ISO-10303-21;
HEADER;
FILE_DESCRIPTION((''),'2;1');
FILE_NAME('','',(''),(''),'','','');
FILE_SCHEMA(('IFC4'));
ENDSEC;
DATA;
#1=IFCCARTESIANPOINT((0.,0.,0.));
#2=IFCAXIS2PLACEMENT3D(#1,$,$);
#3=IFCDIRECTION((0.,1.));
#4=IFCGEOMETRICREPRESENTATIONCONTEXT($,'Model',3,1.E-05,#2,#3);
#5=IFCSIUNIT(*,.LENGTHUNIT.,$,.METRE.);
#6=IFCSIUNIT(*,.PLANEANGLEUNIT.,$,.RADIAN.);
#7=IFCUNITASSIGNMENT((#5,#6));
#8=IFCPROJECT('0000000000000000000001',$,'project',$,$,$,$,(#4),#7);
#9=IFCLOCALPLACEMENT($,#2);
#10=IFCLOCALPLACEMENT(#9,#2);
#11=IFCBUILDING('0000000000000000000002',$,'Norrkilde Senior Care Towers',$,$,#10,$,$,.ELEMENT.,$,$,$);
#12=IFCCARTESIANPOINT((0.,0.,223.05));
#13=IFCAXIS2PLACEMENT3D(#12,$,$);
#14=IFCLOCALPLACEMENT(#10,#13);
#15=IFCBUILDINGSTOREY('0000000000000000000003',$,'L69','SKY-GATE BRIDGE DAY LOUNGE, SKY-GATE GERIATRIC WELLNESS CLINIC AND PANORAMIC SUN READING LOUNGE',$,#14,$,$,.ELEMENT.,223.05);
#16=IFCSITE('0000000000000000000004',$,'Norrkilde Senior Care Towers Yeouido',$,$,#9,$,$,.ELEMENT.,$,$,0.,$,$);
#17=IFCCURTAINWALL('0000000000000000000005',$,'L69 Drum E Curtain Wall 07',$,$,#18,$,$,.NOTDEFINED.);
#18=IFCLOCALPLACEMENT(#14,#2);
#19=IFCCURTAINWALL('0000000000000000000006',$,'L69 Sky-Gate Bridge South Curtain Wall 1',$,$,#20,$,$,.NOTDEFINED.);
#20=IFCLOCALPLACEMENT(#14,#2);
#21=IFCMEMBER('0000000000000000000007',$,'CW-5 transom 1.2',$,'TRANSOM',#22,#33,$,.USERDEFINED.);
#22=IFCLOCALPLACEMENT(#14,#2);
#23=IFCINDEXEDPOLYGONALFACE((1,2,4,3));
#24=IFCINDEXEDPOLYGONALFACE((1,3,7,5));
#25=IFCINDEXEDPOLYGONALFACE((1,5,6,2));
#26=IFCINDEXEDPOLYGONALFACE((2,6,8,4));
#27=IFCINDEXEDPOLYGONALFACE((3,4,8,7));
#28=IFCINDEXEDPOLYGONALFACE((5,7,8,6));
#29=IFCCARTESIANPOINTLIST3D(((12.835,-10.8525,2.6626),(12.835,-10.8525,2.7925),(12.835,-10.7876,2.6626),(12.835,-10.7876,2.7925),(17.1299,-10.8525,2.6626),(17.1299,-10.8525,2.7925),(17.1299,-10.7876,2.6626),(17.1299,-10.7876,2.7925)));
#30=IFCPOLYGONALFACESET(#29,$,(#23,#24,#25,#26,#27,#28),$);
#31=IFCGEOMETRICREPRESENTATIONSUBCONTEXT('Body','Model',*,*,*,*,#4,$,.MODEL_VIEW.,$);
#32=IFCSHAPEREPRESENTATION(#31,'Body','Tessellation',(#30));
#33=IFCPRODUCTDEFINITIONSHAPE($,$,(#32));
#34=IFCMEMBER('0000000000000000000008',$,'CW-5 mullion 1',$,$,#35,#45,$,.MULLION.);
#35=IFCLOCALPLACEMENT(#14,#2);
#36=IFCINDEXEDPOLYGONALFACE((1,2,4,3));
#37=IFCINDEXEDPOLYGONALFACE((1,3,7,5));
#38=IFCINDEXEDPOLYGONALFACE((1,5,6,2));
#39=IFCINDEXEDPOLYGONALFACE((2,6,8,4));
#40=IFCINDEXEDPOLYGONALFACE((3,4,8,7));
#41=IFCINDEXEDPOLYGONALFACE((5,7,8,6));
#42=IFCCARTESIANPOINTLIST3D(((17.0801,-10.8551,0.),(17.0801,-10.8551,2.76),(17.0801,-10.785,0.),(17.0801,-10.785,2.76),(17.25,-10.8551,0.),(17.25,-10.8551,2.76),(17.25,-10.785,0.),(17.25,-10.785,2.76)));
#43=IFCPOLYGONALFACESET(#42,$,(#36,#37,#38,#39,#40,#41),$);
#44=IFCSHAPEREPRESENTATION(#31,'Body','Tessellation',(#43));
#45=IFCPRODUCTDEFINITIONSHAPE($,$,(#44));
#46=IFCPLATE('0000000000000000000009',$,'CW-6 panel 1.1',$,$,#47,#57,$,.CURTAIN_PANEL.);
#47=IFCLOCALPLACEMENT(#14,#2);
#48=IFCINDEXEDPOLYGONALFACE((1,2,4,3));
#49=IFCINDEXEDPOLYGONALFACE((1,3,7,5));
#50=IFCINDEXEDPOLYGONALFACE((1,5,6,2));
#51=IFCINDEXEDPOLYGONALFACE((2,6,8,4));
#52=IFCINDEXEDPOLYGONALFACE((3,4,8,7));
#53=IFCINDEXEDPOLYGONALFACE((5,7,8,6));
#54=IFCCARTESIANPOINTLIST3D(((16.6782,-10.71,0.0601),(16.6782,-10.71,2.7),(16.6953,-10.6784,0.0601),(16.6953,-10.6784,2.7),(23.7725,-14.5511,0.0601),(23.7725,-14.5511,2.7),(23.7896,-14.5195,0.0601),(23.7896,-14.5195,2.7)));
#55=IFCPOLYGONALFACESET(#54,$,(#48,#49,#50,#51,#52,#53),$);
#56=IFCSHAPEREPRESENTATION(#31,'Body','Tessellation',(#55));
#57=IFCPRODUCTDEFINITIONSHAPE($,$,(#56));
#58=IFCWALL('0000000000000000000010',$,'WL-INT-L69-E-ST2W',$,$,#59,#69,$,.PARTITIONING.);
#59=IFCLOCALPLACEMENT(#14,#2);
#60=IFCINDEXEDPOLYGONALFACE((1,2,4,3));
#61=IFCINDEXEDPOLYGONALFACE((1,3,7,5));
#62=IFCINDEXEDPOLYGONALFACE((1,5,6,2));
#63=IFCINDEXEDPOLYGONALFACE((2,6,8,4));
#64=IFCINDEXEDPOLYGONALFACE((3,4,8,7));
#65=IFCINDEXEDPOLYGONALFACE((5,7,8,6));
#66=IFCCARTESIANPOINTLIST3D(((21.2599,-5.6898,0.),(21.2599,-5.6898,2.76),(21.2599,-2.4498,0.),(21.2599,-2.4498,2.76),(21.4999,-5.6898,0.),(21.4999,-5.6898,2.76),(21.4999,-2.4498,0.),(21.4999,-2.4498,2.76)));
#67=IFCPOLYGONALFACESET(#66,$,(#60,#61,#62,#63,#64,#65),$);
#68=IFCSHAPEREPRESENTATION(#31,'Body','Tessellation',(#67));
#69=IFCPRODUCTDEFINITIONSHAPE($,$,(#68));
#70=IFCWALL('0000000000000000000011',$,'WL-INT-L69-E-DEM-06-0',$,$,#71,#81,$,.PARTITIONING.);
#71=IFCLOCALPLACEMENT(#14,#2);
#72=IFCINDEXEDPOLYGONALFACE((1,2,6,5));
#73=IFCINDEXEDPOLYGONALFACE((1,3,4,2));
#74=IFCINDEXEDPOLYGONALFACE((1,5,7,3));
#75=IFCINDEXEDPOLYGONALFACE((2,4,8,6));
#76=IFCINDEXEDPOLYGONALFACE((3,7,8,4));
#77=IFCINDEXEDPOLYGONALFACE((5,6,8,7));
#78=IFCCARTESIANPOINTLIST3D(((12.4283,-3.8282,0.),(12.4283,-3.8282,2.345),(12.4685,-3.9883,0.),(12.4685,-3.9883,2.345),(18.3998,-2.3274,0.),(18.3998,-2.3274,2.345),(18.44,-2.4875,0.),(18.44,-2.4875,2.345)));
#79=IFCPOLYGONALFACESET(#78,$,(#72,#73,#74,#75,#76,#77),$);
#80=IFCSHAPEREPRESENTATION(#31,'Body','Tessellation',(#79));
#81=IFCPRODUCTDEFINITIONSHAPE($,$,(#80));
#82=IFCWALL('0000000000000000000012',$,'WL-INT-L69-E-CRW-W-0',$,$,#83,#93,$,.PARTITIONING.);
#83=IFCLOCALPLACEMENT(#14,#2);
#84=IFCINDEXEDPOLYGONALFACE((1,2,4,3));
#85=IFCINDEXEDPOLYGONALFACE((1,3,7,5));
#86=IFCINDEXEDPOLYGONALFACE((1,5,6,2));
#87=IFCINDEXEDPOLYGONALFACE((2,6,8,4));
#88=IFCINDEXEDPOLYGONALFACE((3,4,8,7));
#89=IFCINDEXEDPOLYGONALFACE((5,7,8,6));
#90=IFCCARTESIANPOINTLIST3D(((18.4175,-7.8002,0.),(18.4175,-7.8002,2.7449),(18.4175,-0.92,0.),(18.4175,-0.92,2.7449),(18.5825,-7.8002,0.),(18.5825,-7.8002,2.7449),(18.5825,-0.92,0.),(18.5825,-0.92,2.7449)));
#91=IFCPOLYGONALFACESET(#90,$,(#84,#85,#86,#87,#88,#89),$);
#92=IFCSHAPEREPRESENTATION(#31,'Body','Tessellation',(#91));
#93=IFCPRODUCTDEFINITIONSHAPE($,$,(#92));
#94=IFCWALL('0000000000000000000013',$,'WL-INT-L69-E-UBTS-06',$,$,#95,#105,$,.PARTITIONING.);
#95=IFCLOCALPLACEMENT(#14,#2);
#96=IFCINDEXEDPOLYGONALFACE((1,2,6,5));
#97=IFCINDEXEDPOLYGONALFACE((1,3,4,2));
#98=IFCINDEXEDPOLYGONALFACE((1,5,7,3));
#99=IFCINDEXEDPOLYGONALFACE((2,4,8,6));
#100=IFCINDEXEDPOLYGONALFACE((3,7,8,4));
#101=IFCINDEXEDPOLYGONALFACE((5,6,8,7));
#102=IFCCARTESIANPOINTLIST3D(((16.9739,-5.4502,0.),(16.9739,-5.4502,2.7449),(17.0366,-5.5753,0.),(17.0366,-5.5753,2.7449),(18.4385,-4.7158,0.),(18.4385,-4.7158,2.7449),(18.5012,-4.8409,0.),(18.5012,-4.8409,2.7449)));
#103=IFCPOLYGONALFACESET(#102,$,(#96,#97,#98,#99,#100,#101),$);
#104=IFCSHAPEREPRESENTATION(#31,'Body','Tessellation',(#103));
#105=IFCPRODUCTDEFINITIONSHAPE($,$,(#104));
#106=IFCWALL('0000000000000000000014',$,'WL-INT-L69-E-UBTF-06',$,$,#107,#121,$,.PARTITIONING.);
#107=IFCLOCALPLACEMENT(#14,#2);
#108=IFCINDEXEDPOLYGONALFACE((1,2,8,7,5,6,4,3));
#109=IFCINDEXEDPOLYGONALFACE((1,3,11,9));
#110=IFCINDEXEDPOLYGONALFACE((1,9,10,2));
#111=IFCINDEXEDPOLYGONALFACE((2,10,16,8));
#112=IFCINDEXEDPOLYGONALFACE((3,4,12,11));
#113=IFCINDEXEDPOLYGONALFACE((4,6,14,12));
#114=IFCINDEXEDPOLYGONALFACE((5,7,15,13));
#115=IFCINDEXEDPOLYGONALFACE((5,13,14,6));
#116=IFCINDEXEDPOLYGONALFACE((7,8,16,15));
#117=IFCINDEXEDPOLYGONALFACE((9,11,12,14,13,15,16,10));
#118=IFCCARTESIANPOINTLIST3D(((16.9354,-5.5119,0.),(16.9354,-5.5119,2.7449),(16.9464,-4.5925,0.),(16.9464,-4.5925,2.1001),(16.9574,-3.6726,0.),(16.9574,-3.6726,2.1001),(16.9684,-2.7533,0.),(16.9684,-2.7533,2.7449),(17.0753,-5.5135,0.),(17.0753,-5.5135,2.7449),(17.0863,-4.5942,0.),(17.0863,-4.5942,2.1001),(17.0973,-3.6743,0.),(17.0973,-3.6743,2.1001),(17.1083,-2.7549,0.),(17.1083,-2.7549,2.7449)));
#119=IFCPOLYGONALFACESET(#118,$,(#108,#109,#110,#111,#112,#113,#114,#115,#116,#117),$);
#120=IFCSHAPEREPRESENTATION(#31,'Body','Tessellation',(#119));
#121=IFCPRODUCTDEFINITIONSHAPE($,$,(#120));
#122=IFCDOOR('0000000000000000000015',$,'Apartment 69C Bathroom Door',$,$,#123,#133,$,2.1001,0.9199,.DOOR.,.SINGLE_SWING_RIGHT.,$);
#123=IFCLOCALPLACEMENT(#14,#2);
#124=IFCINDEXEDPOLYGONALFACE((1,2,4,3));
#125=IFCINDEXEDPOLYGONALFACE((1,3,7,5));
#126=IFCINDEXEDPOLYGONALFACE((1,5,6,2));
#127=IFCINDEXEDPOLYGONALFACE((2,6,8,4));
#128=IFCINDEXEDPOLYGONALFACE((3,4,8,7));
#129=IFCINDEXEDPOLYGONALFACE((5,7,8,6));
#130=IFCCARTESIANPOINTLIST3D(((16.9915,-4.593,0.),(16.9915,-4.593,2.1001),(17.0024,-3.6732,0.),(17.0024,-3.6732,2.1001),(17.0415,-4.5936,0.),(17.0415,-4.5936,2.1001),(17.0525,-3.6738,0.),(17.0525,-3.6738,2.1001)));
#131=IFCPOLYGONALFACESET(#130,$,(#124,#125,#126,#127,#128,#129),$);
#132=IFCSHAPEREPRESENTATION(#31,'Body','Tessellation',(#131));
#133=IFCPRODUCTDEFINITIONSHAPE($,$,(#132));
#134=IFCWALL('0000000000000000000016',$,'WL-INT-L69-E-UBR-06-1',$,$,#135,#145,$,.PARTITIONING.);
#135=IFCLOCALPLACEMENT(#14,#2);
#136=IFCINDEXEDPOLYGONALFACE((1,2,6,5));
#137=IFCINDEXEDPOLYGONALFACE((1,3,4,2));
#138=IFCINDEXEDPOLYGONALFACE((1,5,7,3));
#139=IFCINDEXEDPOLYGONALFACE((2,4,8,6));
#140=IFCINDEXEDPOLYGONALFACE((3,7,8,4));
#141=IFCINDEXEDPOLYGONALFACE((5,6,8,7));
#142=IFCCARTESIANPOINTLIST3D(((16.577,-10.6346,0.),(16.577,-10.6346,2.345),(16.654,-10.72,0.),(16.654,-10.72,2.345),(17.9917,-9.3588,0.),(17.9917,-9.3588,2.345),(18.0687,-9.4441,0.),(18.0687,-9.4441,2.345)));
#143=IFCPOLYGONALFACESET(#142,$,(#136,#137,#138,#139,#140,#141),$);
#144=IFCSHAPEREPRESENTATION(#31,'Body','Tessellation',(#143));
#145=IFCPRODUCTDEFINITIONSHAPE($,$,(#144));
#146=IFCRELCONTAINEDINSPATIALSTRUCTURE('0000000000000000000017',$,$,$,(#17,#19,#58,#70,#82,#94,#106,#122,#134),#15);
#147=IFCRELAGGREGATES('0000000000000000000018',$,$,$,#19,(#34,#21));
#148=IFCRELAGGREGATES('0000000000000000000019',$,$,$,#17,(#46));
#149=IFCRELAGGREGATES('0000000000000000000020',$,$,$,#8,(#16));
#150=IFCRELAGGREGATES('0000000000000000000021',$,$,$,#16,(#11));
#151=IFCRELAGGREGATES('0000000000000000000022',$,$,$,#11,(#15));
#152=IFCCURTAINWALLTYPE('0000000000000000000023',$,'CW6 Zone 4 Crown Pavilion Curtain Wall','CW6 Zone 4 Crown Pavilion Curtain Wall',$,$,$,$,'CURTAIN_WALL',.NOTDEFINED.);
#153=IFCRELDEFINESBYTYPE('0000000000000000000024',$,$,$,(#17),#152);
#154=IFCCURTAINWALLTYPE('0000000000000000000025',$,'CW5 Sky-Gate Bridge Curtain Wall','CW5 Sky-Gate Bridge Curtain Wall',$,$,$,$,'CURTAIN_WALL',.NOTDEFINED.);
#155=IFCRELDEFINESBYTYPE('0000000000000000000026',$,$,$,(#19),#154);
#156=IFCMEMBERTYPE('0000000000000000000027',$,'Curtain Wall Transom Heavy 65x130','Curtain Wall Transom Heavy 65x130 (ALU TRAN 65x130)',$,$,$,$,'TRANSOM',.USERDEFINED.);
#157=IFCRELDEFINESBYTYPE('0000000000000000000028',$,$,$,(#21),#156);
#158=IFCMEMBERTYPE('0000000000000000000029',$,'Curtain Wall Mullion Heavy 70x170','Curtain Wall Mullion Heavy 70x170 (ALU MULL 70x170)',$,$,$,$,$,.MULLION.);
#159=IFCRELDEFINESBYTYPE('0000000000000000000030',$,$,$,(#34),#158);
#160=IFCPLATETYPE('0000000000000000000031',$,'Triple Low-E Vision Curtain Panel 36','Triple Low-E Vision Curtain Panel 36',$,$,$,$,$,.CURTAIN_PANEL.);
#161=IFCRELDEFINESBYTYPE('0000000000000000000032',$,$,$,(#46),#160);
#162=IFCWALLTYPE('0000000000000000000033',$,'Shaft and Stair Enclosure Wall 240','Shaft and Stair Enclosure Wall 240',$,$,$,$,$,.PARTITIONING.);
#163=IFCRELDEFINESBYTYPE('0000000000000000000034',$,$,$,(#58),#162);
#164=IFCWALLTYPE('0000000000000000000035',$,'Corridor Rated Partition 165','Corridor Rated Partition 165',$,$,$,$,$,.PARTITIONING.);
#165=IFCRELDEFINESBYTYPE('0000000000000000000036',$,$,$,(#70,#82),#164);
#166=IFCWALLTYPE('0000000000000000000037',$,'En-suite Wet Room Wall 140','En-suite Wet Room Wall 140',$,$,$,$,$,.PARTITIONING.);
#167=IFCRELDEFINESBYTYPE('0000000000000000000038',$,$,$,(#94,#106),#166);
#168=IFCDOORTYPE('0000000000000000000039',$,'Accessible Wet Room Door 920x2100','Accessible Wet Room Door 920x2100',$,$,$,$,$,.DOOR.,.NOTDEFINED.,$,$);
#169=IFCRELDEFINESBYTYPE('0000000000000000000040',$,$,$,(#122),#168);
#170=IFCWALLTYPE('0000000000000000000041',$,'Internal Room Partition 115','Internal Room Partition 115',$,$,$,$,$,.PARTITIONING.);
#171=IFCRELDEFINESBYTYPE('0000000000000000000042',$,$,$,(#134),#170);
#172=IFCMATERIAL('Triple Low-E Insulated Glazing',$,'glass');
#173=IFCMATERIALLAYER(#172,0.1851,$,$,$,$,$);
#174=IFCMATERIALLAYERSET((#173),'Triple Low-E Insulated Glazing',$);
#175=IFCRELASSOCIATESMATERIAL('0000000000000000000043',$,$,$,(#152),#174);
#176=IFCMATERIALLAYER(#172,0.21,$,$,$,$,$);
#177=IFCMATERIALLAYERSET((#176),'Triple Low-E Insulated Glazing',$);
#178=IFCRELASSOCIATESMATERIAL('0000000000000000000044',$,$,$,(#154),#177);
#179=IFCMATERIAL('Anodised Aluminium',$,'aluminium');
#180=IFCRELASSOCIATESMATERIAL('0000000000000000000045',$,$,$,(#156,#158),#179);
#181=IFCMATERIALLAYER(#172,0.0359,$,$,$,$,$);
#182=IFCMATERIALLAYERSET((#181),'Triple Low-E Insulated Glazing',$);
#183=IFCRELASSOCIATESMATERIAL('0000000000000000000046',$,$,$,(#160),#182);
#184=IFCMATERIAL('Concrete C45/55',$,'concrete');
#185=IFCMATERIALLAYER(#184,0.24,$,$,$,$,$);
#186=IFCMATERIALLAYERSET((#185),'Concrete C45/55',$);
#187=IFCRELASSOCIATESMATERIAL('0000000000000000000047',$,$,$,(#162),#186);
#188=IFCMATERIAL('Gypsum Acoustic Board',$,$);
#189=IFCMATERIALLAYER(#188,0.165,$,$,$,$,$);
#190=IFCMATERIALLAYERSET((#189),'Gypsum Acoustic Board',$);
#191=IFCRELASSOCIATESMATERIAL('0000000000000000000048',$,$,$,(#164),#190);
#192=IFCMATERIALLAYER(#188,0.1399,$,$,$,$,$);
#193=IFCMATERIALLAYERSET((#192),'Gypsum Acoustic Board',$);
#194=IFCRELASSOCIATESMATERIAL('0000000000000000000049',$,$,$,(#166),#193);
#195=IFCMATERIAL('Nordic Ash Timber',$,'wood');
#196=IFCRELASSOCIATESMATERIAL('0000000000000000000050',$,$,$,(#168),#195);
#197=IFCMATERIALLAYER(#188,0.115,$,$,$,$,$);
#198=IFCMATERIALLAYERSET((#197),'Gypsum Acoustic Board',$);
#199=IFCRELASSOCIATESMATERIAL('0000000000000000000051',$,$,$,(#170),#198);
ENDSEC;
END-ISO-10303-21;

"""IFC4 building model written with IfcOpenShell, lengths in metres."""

from ifc_helpers import new_model, si_unit, direction, frame, frame_2d, origin, origin_2d, place, context, subcontext, project, spatial, rectangle, extrude, source, transform, mapped, material, layer, layer_set, material_profile, profile_set, type_object, type_shapes, element, fill, aggregate, save


model = new_model("IFC4")

# Units and contexts
model_context = context("Model", 3, precision=1e-05, world=origin(), true_north=direction((0.0, 1.0)))
body_context = subcontext(model_context, "Body", "Model", "MODEL_VIEW")
ifc_project = project(units=[si_unit("LENGTHUNIT", "METRE"), si_unit("PLANEANGLEUNIT", "RADIAN")], contexts=[model_context])

# Site, building, storey
site_placement = place(None, origin())
site = spatial("IfcSite", under=ifc_project, at=site_placement, Name="Norrkilde Senior Care Towers Yeouido", CompositionType="ELEMENT", RefElevation=0.0)
building_placement = place(site_placement, origin())
building = spatial("IfcBuilding", under=site, at=building_placement, Name="Norrkilde Senior Care Towers", CompositionType="ELEMENT")
storey_placement = place(building_placement, frame((0.0, 0.0, 223.05)))
storey = spatial("IfcBuildingStorey", under=building, at=storey_placement, Name="L69", Description="SKY-GATE BRIDGE DAY LOUNGE, SKY-GATE GERIATRIC WELLNESS CLINIC AND PANORAMIC SUN READING LOUNGE", CompositionType="ELEMENT", Elevation=223.05)

# Curtain walls, members
ifc_material_1 = material(Name="Triple Low-E Insulated Glazing", Category="glass")
ifc_layer_1 = layer(ifc_material_1, 0.1851)
ifc_layer_set_1 = layer_set([ifc_layer_1], Name="Triple Low-E Insulated Glazing")
curtain_wall_type_1 = type_object("IfcCurtainWallType", Name="CW6 Zone 4 Crown Pavilion Curtain Wall", Description="CW6 Zone 4 Crown Pavilion Curtain Wall", ElementType="CURTAIN_WALL", PredefinedType="NOTDEFINED", material=ifc_layer_set_1)
curtain_wall_1_placement = place(storey_placement, origin())
curtain_wall_1 = element("IfcCurtainWall", 1, at=curtain_wall_1_placement, inside=storey, type_object=curtain_wall_type_1, Name="L69 Drum E Curtain Wall 07", PredefinedType="NOTDEFINED")
ifc_material_2 = material(Name="Anodised Aluminium", Category="aluminium")
ifc_layer_2 = layer(ifc_material_1, 0.21)
ifc_layer_set_2 = layer_set([ifc_layer_2], Name="Triple Low-E Insulated Glazing")
curtain_wall_type_2 = type_object("IfcCurtainWallType", Name="CW5 Sky-Gate Bridge Curtain Wall", Description="CW5 Sky-Gate Bridge Curtain Wall", ElementType="CURTAIN_WALL", PredefinedType="NOTDEFINED", material=ifc_layer_set_2)
curtain_wall_2_placement = place(storey_placement, origin())
curtain_wall_2 = element("IfcCurtainWall", 2, at=curtain_wall_2_placement, inside=storey, type_object=curtain_wall_type_2, Name="L69 Sky-Gate Bridge South Curtain Wall 1", PredefinedType="NOTDEFINED")
ifc_material_profile_1 = material_profile(ifc_material_2, rectangle(XDim=0.0649, YDim=0.1299, at=origin_2d()), Name="ALU TRAN 65x130")
ifc_profile_set_1 = profile_set([ifc_material_profile_1], Name="Anodised Aluminium")
member_type_1 = type_object("IfcMemberType", Name="Curtain Wall Transom Heavy 65x130", Description="Curtain Wall Transom Heavy 65x130 (ALU TRAN 65x130)", ElementType="TRANSOM", PredefinedType="USERDEFINED", material=ifc_profile_set_1)
shared_shape_1 = source(origin(), body_context, "Body", "SweptSolid", [
    extrude(rectangle(XDim=0.0649, YDim=0.1299, at=origin_2d()), origin(), (0.0, 0.0, 1.0), 4.2949),
])
type_shapes(member_type_1, [shared_shape_1])
member_1_placement = place(storey_placement, frame((17.1299, -10.8201, 2.7275), z_axis=(-1.0, 0.0, 0.0), x_axis=(0.0, -1.0, 0.0)))
member_1 = element("IfcMember", 3, at=member_1_placement, type_object=member_type_1, Name="CW-5 transom 1.2", ObjectType="TRANSOM", PredefinedType="USERDEFINED", context=body_context, shape_type="MappedRepresentation", body=[
    mapped(shared_shape_1, transform((0.0, 0.0, 0.0), x_axis=(1.0, 0.0, 0.0), y_axis=(0.0, 1.0, 0.0), z_axis=(0.0, 0.0, 1.0), scale=1.0)),
])
ifc_material_profile_2 = material_profile(ifc_material_2, rectangle(XDim=0.0701, YDim=0.1699, at=origin_2d()), Name="ALU MULL 70x170")
ifc_profile_set_2 = profile_set([ifc_material_profile_2], Name="Anodised Aluminium")
member_type_2 = type_object("IfcMemberType", Name="Curtain Wall Mullion Heavy 70x170", Description="Curtain Wall Mullion Heavy 70x170 (ALU MULL 70x170)", PredefinedType="MULLION", material=ifc_profile_set_2)
shared_shape_2 = source(origin(), body_context, "Body", "SweptSolid", [
    extrude(rectangle(XDim=0.0701, YDim=0.1699, at=origin_2d()), origin(), (0.0, 0.0, 1.0), 2.76),
])
type_shapes(member_type_2, [shared_shape_2])
member_2_placement = place(storey_placement, frame((17.165, -10.8201, 0.0), z_axis=(0.0, 0.0, 1.0), x_axis=(0.0, -1.0, 0.0)))
member_2 = element("IfcMember", 4, at=member_2_placement, type_object=member_type_2, Name="CW-5 mullion 1", PredefinedType="MULLION", context=body_context, shape_type="MappedRepresentation", body=[
    mapped(shared_shape_2, transform((0.0, 0.0, 0.0), x_axis=(1.0, 0.0, 0.0), y_axis=(0.0, 1.0, 0.0), z_axis=(0.0, 0.0, 1.0), scale=1.0)),
])
aggregate(curtain_wall_2, [member_2, member_1])

# Plate
ifc_layer_3 = layer(ifc_material_1, 0.0359)
ifc_layer_set_3 = layer_set([ifc_layer_3], Name="Triple Low-E Insulated Glazing")
plate_type = type_object("IfcPlateType", Name="Triple Low-E Vision Curtain Panel 36", Description="Triple Low-E Vision Curtain Panel 36", PredefinedType="CURTAIN_PANEL", material=ifc_layer_set_3)
shared_shape_3 = source(origin(), body_context, "Body", "SweptSolid", [
    extrude(rectangle(XDim=8.0674, YDim=0.0359, at=origin_2d()), origin(), (0.0, 0.0, 1.0), 2.6399),
])
type_shapes(plate_type, [shared_shape_3])
plate_placement = place(storey_placement, frame((20.2339, -12.6147, 0.0601), z_axis=(0.0, 0.0, 1.0), x_axis=(-0.879373, 0.476133, 0.0)))
plate = element("IfcPlate", 5, at=plate_placement, type_object=plate_type, Name="CW-6 panel 1.1", PredefinedType="CURTAIN_PANEL", context=body_context, shape_type="MappedRepresentation", body=[
    mapped(shared_shape_3, transform((0.0, 0.0, 0.0), x_axis=(1.0, 0.0, 0.0), y_axis=(0.0, 1.0, 0.0), z_axis=(0.0, 0.0, 1.0), scale=1.0)),
])
aggregate(curtain_wall_1, [plate])

# Shared definitions
ifc_material_3 = material(Name="Concrete C45/55", Category="concrete")
ifc_layer_4 = layer(ifc_material_3, 0.24)
ifc_layer_set_4 = layer_set([ifc_layer_4], Name="Concrete C45/55")
wall_type_1 = type_object("IfcWallType", Name="Shaft and Stair Enclosure Wall 240", Description="Shaft and Stair Enclosure Wall 240", PredefinedType="PARTITIONING", material=ifc_layer_set_4)

# Walls
shared_shape_4 = source(origin(), body_context, "Body", "SweptSolid", [
    extrude(rectangle(XDim=3.24, YDim=0.24, at=frame_2d((1.6201, 0.0))), origin(), (0.0, 0.0, 1.0), 2.76),
])
wall_1_placement = place(storey_placement, frame((21.3799, -5.6899, 0.0), z_axis=(0.0, 0.0, 1.0), x_axis=(0.0, 1.0, 0.0)))
element("IfcWall", 6, at=wall_1_placement, inside=storey, type_object=wall_type_1, Name="WL-INT-L69-E-ST2W", PredefinedType="PARTITIONING", context=body_context, shape_type="MappedRepresentation", body=[
    mapped(shared_shape_4, transform((0.0, 0.0, 0.0), x_axis=(1.0, 0.0, 0.0), y_axis=(0.0, 1.0, 0.0), z_axis=(0.0, 0.0, 1.0), scale=1.0)),
])
ifc_material_4 = material(Name="Gypsum Acoustic Board")
ifc_layer_5 = layer(ifc_material_4, 0.165)
ifc_layer_set_5 = layer_set([ifc_layer_5], Name="Gypsum Acoustic Board")
wall_type_2 = type_object("IfcWallType", Name="Corridor Rated Partition 165", Description="Corridor Rated Partition 165", PredefinedType="PARTITIONING", material=ifc_layer_set_5)
shared_shape_5 = source(origin(), body_context, "Body", "SweptSolid", [
    extrude(rectangle(XDim=6.1572, YDim=0.165, at=frame_2d((3.0786, 0.0))), origin(), (0.0, 0.0, 1.0), 2.345),
])
wall_2_placement = place(storey_placement, frame((18.4199, -2.4075, 0.0), z_axis=(0.0, 0.0, 1.0), x_axis=(-0.969841, -0.243739, 0.0)))
element("IfcWall", 7, at=wall_2_placement, inside=storey, type_object=wall_type_2, Name="WL-INT-L69-E-DEM-06-0", PredefinedType="PARTITIONING", context=body_context, shape_type="MappedRepresentation", body=[
    mapped(shared_shape_5, transform((0.0, 0.0, 0.0), x_axis=(1.0, 0.0, 0.0), y_axis=(0.0, 1.0, 0.0), z_axis=(0.0, 0.0, 1.0), scale=1.0)),
])
shared_shape_6 = source(origin(), body_context, "Body", "SweptSolid", [
    extrude(rectangle(XDim=6.8801, YDim=0.165, at=frame_2d((3.4399, 0.0))), origin(), (0.0, 0.0, 1.0), 2.7449),
])
type_shapes(wall_type_2, [shared_shape_5, shared_shape_6])
wall_3_placement = place(storey_placement, frame((18.5, -7.8, 0.0), z_axis=(0.0, 0.0, 1.0), x_axis=(0.0, 1.0, 0.0)))
element("IfcWall", 8, at=wall_3_placement, inside=storey, type_object=wall_type_2, Name="WL-INT-L69-E-CRW-W-0", PredefinedType="PARTITIONING", context=body_context, shape_type="MappedRepresentation", body=[
    mapped(shared_shape_6, transform((0.0, 0.0, 0.0), x_axis=(1.0, 0.0, 0.0), y_axis=(0.0, 1.0, 0.0), z_axis=(0.0, 0.0, 1.0), scale=1.0)),
])
ifc_layer_6 = layer(ifc_material_4, 0.1399)
ifc_layer_set_6 = layer_set([ifc_layer_6], Name="Gypsum Acoustic Board")
wall_type_3 = type_object("IfcWallType", Name="En-suite Wet Room Wall 140", Description="En-suite Wet Room Wall 140", PredefinedType="PARTITIONING", material=ifc_layer_set_6)
shared_shape_7 = source(origin(), body_context, "Body", "SweptSolid", [
    extrude(rectangle(XDim=1.6384, YDim=0.1399, at=frame_2d((0.8193, 0.0))), origin(), (0.0, 0.0, 1.0), 2.7449),
])
wall_4_placement = place(storey_placement, frame((18.47, -4.7783, 0.0), z_axis=(0.0, 0.0, 1.0), x_axis=(-0.89392, -0.448227, 0.0)))
element("IfcWall", 9, at=wall_4_placement, inside=storey, type_object=wall_type_3, Name="WL-INT-L69-E-UBTS-06", PredefinedType="PARTITIONING", context=body_context, shape_type="MappedRepresentation", body=[
    mapped(shared_shape_7, transform((0.0, 0.0, 0.0), x_axis=(1.0, 0.0, 0.0), y_axis=(0.0, 1.0, 0.0), z_axis=(0.0, 0.0, 1.0), scale=1.0)),
])

# Wall, opening, door
shared_shape_8 = source(origin(), body_context, "Body", "SweptSolid", [
    extrude(rectangle(XDim=2.7588, YDim=0.1399, at=frame_2d((1.3794, 0.0))), origin(), (0.0, 0.0, 1.0), 2.7449),
])
type_shapes(wall_type_3, [shared_shape_7, shared_shape_8])
wall_5_placement = place(storey_placement, frame((17.0054, -5.5127, 0.0), z_axis=(0.0, 0.0, 1.0), x_axis=(0.011947, 0.999929, 0.0)))
wall_5 = element("IfcWall", 10, at=wall_5_placement, inside=storey, type_object=wall_type_3, Name="WL-INT-L69-E-UBTF-06", PredefinedType="PARTITIONING", context=body_context, shape_type="MappedRepresentation", body=[
    mapped(shared_shape_8, transform((0.0, 0.0, 0.0), x_axis=(1.0, 0.0, 0.0), y_axis=(0.0, 1.0, 0.0), z_axis=(0.0, 0.0, 1.0), scale=1.0)),
])
opening_1_placement = place(wall_5_placement, frame((0.9194, 0.0, 0.0)))
opening_1 = element("IfcOpeningElement", 11, at=opening_1_placement, cuts=wall_5, PredefinedType="OPENING", context=body_context, shape_type="SweptSolid", body=[
    extrude(rectangle(XDim=0.9199, YDim=2.1001, at=frame_2d((0.46, 1.05))), frame((0.0, 0.0798, 0.0), z_axis=(0.0, -1.0, 0.0), x_axis=(1.0, 0.0, 0.0)), (0.0, 0.0, 1.0), 0.1599),
])
ifc_material_5 = material(Name="Nordic Ash Timber", Category="wood")
door_type_1 = type_object("IfcDoorType", Name="Accessible Wet Room Door 920x2100", Description="Accessible Wet Room Door 920x2100", OperationType="NOTDEFINED", PredefinedType="DOOR", material=ifc_material_5)
shared_shape_9 = source(origin(), body_context, "Body", "SweptSolid", [
    extrude(rectangle(XDim=0.9199, YDim=2.1001, at=frame_2d((0.46, 1.05))), frame((0.0, 0.0249, 0.0), z_axis=(0.0, -1.0, 0.0), x_axis=(1.0, 0.0, 0.0)), (0.0, 0.0, 1.0), 0.05),
])
type_shapes(door_type_1, [shared_shape_9])
door_1_placement = place(opening_1_placement, origin())
door_1 = element("IfcDoor", 12, at=door_1_placement, inside=storey, type_object=door_type_1, Name="Apartment 69C Bathroom Door", OperationType="SINGLE_SWING_RIGHT", OverallHeight=2.1001, OverallWidth=0.9199, PredefinedType="DOOR", context=body_context, shape_type="MappedRepresentation", body=[
    mapped(shared_shape_9, transform((0.0, 0.0, 0.0), x_axis=(1.0, 0.0, 0.0), y_axis=(0.0, 1.0, 0.0), z_axis=(0.0, 0.0, 1.0), scale=1.0)),
])
fill(opening_1, door_1)

# Wall
ifc_layer_7 = layer(ifc_material_4, 0.115)
ifc_layer_set_7 = layer_set([ifc_layer_7], Name="Gypsum Acoustic Board")
wall_type_4 = type_object("IfcWallType", Name="Internal Room Partition 115", Description="Internal Room Partition 115", PredefinedType="PARTITIONING", material=ifc_layer_set_7)
shared_shape_10 = source(origin(), body_context, "Body", "SweptSolid", [
    extrude(rectangle(XDim=1.905, YDim=0.115, at=frame_2d((0.9526, 0.0))), origin(), (0.0, 0.0, 1.0), 2.345),
])
wall_6_placement = place(storey_placement, frame((18.0303, -9.4014, 0.0), z_axis=(0.0, 0.0, 1.0), x_axis=(-0.742625, -0.669708, 0.0)))
element("IfcWall", 13, at=wall_6_placement, inside=storey, type_object=wall_type_4, Name="WL-INT-L69-E-UBR-06-1", PredefinedType="PARTITIONING", context=body_context, shape_type="MappedRepresentation", body=[
    mapped(shared_shape_10, transform((0.0, 0.0, 0.0), x_axis=(1.0, 0.0, 0.0), y_axis=(0.0, 1.0, 0.0), z_axis=(0.0, 0.0, 1.0), scale=1.0)),
])

save(model, "model.ifc")
